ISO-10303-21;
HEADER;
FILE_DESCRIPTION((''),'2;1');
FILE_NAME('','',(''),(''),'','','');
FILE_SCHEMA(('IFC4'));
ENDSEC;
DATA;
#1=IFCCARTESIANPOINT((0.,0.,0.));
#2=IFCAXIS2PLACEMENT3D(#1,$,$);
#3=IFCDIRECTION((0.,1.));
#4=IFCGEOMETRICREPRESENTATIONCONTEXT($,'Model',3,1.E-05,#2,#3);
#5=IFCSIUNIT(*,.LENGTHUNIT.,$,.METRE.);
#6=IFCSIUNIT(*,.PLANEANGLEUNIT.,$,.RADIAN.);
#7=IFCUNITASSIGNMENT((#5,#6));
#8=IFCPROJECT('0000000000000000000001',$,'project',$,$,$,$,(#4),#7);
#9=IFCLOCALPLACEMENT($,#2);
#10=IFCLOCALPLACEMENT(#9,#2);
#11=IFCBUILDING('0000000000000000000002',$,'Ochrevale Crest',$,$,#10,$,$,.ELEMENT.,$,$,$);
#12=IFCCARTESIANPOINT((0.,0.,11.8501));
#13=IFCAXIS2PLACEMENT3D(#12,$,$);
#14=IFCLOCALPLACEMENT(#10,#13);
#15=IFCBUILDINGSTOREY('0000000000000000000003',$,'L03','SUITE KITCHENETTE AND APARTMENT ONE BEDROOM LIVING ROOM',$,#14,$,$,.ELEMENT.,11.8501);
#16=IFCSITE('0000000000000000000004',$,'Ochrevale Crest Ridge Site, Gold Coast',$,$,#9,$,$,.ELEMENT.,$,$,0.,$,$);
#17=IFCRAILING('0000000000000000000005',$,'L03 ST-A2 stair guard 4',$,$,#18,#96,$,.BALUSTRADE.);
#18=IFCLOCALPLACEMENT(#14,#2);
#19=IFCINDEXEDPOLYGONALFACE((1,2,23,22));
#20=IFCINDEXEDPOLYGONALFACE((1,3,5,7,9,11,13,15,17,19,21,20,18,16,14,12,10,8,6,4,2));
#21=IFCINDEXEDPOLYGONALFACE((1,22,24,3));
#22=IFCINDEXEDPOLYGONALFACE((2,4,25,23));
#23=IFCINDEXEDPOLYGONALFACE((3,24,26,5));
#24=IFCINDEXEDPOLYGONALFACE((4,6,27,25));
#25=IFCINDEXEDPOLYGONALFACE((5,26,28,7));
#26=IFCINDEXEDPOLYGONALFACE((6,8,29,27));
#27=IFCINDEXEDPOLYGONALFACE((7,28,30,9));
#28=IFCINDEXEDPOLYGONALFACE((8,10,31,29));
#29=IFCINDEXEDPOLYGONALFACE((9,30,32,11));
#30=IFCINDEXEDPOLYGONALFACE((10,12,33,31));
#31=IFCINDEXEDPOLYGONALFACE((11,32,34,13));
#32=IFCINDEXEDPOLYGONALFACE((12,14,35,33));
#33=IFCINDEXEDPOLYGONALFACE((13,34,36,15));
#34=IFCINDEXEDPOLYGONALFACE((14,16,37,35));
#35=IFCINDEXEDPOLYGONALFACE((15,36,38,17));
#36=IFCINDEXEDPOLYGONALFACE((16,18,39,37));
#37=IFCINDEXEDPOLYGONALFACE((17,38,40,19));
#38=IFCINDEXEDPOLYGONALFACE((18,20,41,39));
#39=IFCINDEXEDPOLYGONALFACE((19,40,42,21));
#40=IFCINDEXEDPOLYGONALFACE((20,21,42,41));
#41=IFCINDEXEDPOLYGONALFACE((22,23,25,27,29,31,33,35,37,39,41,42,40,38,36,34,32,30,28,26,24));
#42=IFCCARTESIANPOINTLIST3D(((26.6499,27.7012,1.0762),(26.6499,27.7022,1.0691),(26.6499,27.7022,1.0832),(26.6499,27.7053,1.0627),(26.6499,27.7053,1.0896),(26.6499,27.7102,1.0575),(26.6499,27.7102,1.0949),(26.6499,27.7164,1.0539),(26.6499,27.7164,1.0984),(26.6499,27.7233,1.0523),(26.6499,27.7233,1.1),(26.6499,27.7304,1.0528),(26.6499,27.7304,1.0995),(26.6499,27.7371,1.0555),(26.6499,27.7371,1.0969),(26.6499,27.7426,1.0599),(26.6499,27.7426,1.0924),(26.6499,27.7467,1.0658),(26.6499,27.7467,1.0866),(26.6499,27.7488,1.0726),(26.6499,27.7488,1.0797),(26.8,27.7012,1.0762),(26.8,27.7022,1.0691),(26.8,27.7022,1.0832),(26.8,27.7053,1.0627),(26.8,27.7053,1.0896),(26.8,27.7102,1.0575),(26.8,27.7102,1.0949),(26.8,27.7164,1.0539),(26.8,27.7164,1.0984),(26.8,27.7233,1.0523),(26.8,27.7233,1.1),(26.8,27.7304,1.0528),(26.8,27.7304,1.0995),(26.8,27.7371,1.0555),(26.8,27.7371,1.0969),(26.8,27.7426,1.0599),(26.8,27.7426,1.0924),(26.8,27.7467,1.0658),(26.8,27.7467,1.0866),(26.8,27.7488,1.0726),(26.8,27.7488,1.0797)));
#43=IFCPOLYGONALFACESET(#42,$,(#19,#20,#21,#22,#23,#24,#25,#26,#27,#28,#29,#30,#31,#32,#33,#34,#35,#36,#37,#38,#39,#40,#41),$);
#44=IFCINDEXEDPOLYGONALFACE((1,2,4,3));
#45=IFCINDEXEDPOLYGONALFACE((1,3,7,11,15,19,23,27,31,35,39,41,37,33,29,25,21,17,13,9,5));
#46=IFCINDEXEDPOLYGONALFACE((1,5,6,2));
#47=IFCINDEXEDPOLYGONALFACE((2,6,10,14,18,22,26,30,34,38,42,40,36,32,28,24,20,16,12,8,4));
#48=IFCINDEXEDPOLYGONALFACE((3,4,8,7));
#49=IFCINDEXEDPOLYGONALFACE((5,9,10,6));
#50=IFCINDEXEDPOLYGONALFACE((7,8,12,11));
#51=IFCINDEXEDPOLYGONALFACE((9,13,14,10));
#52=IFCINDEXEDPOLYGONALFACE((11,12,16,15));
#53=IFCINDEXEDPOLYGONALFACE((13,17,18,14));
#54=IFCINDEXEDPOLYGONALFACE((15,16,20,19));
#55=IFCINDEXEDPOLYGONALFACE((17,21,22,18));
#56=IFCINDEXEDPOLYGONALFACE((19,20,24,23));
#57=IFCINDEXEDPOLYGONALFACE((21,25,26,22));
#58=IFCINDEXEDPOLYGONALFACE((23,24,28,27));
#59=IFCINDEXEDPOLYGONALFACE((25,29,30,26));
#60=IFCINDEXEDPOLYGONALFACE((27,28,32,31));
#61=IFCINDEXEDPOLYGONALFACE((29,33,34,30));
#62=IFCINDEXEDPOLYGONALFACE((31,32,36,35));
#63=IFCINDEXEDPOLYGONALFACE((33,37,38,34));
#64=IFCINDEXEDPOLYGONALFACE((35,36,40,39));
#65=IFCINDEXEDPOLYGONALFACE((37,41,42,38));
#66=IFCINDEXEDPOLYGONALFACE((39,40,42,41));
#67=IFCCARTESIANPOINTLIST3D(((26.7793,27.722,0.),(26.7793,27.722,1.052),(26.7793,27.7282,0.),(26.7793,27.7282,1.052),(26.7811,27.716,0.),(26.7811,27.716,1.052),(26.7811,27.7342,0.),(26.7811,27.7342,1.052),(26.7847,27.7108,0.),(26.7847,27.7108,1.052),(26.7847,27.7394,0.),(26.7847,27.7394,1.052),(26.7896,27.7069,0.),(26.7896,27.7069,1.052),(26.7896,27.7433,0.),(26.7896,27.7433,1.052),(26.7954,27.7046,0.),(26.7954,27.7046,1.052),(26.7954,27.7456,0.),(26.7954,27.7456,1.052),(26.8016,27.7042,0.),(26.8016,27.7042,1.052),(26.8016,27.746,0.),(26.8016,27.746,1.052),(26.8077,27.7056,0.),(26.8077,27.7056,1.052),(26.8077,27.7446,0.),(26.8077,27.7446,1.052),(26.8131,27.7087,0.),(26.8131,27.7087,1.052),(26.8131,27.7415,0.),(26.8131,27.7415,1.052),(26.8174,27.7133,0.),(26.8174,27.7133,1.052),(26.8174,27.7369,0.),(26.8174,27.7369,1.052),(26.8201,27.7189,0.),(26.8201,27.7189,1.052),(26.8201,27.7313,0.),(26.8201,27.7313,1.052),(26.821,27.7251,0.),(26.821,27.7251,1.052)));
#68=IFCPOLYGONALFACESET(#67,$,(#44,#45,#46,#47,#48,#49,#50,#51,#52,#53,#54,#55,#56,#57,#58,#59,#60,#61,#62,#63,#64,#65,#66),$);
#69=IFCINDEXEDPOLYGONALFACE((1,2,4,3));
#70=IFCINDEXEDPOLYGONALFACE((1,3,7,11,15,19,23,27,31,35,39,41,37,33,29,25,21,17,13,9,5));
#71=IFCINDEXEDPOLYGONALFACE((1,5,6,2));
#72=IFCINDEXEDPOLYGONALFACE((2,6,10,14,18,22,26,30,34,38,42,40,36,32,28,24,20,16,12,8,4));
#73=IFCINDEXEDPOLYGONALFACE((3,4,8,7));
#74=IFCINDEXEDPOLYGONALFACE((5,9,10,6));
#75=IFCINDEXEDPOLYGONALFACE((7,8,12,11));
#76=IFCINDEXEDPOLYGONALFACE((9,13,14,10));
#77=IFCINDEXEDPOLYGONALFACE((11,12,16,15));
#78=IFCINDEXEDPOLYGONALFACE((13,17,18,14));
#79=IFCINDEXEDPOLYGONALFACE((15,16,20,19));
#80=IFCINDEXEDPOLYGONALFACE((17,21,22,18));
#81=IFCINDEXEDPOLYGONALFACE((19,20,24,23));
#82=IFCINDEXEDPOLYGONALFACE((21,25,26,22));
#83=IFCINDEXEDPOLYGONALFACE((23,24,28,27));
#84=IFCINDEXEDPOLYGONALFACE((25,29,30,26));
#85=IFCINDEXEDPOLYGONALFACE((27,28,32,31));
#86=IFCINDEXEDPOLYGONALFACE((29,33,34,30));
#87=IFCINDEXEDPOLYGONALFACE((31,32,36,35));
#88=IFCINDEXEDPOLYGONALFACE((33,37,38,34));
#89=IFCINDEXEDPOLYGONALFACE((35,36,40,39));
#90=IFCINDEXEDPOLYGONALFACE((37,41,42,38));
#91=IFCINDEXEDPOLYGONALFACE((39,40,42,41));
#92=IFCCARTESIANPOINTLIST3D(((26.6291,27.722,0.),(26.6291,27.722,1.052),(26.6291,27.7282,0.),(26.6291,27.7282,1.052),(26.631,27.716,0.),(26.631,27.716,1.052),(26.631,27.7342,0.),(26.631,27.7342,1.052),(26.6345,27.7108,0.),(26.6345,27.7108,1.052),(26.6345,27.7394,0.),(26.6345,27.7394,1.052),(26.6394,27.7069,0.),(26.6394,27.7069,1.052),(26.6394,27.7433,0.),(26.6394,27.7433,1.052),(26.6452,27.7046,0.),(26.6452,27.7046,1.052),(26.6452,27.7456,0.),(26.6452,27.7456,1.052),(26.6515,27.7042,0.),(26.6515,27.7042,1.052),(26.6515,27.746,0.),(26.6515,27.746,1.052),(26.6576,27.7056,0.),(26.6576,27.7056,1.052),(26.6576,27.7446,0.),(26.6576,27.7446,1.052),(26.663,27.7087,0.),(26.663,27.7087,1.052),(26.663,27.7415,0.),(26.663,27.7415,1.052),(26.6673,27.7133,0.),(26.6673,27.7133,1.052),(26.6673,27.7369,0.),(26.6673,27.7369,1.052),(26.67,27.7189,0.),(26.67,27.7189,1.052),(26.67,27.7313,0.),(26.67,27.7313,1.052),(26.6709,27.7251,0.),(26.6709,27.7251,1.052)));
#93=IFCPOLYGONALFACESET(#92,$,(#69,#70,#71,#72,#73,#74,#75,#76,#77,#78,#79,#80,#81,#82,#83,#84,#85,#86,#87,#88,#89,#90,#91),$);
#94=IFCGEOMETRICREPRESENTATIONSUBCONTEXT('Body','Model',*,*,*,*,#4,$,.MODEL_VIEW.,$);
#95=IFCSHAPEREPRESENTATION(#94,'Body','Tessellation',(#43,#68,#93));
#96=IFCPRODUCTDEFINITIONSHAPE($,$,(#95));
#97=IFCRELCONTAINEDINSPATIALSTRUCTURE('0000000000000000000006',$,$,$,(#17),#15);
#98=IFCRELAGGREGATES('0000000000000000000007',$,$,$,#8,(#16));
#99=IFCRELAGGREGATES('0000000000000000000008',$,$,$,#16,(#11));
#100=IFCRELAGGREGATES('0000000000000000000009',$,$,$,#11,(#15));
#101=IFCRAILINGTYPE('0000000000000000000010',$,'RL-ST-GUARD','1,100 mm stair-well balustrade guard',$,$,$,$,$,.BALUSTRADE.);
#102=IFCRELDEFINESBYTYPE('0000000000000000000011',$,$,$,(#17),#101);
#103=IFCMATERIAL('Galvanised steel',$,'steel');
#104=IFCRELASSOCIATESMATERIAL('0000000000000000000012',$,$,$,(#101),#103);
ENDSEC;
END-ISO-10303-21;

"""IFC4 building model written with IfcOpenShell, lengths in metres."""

from ifc_helpers import new_model, si_unit, direction, frame, origin, origin_2d, place, context, subcontext, project, spatial, circle, extrude, material, type_object, element, save


model = new_model("IFC4")

# Units and contexts
model_context = context("Model", 3, precision=1e-05, world=origin(), true_north=direction((0.0, 1.0)))
body_context = subcontext(model_context, "Body", "Model", "MODEL_VIEW")
ifc_project = project(units=[si_unit("LENGTHUNIT", "METRE"), si_unit("PLANEANGLEUNIT", "RADIAN")], contexts=[model_context])

# Site, building, storey
site_placement = place(None, origin())
site = spatial("IfcSite", under=ifc_project, at=site_placement, Name="Ochrevale Crest Ridge Site, Gold Coast", CompositionType="ELEMENT", RefElevation=0.0)
building_placement = place(site_placement, origin())
building = spatial("IfcBuilding", under=site, at=building_placement, Name="Ochrevale Crest", CompositionType="ELEMENT")
storey_placement = place(building_placement, frame((0.0, 0.0, 11.8501)))
storey = spatial("IfcBuildingStorey", under=building, at=storey_placement, Name="L03", Description="SUITE KITCHENETTE AND APARTMENT ONE BEDROOM LIVING ROOM", CompositionType="ELEMENT", Elevation=11.8501)

# Railing
ifc_material_1 = material(Name="Galvanised steel", Category="steel")
railing_type_1 = type_object("IfcRailingType", Name="RL-ST-GUARD", Description="1,100 mm stair-well balustrade guard", PredefinedType="BALUSTRADE", material=ifc_material_1)
railing_1_placement = place(storey_placement, frame((26.8, 27.7251, 0.0)))
element("IfcRailing", 1, at=railing_1_placement, inside=storey, type_object=railing_type_1, Name="L03 ST-A2 stair guard 4", PredefinedType="BALUSTRADE", context=body_context, shape_type="SweptSolid", body=[
    extrude(circle(Radius=0.0239, at=origin_2d()), frame((0.0, 0.0, 1.0762), z_axis=(-1.0, 0.0, 0.0), x_axis=(0.0, -1.0, 0.0)), (0.0, 0.0, 1.0), 0.1501),
    extrude(circle(Radius=0.021, at=origin_2d()), origin(), (0.0, 0.0, 1.0), 1.052),
    extrude(circle(Radius=0.021, at=origin_2d()), frame((-0.1501, 0.0, 0.0)), (0.0, 0.0, 1.0), 1.052),
])

save(model, "model.ifc")
